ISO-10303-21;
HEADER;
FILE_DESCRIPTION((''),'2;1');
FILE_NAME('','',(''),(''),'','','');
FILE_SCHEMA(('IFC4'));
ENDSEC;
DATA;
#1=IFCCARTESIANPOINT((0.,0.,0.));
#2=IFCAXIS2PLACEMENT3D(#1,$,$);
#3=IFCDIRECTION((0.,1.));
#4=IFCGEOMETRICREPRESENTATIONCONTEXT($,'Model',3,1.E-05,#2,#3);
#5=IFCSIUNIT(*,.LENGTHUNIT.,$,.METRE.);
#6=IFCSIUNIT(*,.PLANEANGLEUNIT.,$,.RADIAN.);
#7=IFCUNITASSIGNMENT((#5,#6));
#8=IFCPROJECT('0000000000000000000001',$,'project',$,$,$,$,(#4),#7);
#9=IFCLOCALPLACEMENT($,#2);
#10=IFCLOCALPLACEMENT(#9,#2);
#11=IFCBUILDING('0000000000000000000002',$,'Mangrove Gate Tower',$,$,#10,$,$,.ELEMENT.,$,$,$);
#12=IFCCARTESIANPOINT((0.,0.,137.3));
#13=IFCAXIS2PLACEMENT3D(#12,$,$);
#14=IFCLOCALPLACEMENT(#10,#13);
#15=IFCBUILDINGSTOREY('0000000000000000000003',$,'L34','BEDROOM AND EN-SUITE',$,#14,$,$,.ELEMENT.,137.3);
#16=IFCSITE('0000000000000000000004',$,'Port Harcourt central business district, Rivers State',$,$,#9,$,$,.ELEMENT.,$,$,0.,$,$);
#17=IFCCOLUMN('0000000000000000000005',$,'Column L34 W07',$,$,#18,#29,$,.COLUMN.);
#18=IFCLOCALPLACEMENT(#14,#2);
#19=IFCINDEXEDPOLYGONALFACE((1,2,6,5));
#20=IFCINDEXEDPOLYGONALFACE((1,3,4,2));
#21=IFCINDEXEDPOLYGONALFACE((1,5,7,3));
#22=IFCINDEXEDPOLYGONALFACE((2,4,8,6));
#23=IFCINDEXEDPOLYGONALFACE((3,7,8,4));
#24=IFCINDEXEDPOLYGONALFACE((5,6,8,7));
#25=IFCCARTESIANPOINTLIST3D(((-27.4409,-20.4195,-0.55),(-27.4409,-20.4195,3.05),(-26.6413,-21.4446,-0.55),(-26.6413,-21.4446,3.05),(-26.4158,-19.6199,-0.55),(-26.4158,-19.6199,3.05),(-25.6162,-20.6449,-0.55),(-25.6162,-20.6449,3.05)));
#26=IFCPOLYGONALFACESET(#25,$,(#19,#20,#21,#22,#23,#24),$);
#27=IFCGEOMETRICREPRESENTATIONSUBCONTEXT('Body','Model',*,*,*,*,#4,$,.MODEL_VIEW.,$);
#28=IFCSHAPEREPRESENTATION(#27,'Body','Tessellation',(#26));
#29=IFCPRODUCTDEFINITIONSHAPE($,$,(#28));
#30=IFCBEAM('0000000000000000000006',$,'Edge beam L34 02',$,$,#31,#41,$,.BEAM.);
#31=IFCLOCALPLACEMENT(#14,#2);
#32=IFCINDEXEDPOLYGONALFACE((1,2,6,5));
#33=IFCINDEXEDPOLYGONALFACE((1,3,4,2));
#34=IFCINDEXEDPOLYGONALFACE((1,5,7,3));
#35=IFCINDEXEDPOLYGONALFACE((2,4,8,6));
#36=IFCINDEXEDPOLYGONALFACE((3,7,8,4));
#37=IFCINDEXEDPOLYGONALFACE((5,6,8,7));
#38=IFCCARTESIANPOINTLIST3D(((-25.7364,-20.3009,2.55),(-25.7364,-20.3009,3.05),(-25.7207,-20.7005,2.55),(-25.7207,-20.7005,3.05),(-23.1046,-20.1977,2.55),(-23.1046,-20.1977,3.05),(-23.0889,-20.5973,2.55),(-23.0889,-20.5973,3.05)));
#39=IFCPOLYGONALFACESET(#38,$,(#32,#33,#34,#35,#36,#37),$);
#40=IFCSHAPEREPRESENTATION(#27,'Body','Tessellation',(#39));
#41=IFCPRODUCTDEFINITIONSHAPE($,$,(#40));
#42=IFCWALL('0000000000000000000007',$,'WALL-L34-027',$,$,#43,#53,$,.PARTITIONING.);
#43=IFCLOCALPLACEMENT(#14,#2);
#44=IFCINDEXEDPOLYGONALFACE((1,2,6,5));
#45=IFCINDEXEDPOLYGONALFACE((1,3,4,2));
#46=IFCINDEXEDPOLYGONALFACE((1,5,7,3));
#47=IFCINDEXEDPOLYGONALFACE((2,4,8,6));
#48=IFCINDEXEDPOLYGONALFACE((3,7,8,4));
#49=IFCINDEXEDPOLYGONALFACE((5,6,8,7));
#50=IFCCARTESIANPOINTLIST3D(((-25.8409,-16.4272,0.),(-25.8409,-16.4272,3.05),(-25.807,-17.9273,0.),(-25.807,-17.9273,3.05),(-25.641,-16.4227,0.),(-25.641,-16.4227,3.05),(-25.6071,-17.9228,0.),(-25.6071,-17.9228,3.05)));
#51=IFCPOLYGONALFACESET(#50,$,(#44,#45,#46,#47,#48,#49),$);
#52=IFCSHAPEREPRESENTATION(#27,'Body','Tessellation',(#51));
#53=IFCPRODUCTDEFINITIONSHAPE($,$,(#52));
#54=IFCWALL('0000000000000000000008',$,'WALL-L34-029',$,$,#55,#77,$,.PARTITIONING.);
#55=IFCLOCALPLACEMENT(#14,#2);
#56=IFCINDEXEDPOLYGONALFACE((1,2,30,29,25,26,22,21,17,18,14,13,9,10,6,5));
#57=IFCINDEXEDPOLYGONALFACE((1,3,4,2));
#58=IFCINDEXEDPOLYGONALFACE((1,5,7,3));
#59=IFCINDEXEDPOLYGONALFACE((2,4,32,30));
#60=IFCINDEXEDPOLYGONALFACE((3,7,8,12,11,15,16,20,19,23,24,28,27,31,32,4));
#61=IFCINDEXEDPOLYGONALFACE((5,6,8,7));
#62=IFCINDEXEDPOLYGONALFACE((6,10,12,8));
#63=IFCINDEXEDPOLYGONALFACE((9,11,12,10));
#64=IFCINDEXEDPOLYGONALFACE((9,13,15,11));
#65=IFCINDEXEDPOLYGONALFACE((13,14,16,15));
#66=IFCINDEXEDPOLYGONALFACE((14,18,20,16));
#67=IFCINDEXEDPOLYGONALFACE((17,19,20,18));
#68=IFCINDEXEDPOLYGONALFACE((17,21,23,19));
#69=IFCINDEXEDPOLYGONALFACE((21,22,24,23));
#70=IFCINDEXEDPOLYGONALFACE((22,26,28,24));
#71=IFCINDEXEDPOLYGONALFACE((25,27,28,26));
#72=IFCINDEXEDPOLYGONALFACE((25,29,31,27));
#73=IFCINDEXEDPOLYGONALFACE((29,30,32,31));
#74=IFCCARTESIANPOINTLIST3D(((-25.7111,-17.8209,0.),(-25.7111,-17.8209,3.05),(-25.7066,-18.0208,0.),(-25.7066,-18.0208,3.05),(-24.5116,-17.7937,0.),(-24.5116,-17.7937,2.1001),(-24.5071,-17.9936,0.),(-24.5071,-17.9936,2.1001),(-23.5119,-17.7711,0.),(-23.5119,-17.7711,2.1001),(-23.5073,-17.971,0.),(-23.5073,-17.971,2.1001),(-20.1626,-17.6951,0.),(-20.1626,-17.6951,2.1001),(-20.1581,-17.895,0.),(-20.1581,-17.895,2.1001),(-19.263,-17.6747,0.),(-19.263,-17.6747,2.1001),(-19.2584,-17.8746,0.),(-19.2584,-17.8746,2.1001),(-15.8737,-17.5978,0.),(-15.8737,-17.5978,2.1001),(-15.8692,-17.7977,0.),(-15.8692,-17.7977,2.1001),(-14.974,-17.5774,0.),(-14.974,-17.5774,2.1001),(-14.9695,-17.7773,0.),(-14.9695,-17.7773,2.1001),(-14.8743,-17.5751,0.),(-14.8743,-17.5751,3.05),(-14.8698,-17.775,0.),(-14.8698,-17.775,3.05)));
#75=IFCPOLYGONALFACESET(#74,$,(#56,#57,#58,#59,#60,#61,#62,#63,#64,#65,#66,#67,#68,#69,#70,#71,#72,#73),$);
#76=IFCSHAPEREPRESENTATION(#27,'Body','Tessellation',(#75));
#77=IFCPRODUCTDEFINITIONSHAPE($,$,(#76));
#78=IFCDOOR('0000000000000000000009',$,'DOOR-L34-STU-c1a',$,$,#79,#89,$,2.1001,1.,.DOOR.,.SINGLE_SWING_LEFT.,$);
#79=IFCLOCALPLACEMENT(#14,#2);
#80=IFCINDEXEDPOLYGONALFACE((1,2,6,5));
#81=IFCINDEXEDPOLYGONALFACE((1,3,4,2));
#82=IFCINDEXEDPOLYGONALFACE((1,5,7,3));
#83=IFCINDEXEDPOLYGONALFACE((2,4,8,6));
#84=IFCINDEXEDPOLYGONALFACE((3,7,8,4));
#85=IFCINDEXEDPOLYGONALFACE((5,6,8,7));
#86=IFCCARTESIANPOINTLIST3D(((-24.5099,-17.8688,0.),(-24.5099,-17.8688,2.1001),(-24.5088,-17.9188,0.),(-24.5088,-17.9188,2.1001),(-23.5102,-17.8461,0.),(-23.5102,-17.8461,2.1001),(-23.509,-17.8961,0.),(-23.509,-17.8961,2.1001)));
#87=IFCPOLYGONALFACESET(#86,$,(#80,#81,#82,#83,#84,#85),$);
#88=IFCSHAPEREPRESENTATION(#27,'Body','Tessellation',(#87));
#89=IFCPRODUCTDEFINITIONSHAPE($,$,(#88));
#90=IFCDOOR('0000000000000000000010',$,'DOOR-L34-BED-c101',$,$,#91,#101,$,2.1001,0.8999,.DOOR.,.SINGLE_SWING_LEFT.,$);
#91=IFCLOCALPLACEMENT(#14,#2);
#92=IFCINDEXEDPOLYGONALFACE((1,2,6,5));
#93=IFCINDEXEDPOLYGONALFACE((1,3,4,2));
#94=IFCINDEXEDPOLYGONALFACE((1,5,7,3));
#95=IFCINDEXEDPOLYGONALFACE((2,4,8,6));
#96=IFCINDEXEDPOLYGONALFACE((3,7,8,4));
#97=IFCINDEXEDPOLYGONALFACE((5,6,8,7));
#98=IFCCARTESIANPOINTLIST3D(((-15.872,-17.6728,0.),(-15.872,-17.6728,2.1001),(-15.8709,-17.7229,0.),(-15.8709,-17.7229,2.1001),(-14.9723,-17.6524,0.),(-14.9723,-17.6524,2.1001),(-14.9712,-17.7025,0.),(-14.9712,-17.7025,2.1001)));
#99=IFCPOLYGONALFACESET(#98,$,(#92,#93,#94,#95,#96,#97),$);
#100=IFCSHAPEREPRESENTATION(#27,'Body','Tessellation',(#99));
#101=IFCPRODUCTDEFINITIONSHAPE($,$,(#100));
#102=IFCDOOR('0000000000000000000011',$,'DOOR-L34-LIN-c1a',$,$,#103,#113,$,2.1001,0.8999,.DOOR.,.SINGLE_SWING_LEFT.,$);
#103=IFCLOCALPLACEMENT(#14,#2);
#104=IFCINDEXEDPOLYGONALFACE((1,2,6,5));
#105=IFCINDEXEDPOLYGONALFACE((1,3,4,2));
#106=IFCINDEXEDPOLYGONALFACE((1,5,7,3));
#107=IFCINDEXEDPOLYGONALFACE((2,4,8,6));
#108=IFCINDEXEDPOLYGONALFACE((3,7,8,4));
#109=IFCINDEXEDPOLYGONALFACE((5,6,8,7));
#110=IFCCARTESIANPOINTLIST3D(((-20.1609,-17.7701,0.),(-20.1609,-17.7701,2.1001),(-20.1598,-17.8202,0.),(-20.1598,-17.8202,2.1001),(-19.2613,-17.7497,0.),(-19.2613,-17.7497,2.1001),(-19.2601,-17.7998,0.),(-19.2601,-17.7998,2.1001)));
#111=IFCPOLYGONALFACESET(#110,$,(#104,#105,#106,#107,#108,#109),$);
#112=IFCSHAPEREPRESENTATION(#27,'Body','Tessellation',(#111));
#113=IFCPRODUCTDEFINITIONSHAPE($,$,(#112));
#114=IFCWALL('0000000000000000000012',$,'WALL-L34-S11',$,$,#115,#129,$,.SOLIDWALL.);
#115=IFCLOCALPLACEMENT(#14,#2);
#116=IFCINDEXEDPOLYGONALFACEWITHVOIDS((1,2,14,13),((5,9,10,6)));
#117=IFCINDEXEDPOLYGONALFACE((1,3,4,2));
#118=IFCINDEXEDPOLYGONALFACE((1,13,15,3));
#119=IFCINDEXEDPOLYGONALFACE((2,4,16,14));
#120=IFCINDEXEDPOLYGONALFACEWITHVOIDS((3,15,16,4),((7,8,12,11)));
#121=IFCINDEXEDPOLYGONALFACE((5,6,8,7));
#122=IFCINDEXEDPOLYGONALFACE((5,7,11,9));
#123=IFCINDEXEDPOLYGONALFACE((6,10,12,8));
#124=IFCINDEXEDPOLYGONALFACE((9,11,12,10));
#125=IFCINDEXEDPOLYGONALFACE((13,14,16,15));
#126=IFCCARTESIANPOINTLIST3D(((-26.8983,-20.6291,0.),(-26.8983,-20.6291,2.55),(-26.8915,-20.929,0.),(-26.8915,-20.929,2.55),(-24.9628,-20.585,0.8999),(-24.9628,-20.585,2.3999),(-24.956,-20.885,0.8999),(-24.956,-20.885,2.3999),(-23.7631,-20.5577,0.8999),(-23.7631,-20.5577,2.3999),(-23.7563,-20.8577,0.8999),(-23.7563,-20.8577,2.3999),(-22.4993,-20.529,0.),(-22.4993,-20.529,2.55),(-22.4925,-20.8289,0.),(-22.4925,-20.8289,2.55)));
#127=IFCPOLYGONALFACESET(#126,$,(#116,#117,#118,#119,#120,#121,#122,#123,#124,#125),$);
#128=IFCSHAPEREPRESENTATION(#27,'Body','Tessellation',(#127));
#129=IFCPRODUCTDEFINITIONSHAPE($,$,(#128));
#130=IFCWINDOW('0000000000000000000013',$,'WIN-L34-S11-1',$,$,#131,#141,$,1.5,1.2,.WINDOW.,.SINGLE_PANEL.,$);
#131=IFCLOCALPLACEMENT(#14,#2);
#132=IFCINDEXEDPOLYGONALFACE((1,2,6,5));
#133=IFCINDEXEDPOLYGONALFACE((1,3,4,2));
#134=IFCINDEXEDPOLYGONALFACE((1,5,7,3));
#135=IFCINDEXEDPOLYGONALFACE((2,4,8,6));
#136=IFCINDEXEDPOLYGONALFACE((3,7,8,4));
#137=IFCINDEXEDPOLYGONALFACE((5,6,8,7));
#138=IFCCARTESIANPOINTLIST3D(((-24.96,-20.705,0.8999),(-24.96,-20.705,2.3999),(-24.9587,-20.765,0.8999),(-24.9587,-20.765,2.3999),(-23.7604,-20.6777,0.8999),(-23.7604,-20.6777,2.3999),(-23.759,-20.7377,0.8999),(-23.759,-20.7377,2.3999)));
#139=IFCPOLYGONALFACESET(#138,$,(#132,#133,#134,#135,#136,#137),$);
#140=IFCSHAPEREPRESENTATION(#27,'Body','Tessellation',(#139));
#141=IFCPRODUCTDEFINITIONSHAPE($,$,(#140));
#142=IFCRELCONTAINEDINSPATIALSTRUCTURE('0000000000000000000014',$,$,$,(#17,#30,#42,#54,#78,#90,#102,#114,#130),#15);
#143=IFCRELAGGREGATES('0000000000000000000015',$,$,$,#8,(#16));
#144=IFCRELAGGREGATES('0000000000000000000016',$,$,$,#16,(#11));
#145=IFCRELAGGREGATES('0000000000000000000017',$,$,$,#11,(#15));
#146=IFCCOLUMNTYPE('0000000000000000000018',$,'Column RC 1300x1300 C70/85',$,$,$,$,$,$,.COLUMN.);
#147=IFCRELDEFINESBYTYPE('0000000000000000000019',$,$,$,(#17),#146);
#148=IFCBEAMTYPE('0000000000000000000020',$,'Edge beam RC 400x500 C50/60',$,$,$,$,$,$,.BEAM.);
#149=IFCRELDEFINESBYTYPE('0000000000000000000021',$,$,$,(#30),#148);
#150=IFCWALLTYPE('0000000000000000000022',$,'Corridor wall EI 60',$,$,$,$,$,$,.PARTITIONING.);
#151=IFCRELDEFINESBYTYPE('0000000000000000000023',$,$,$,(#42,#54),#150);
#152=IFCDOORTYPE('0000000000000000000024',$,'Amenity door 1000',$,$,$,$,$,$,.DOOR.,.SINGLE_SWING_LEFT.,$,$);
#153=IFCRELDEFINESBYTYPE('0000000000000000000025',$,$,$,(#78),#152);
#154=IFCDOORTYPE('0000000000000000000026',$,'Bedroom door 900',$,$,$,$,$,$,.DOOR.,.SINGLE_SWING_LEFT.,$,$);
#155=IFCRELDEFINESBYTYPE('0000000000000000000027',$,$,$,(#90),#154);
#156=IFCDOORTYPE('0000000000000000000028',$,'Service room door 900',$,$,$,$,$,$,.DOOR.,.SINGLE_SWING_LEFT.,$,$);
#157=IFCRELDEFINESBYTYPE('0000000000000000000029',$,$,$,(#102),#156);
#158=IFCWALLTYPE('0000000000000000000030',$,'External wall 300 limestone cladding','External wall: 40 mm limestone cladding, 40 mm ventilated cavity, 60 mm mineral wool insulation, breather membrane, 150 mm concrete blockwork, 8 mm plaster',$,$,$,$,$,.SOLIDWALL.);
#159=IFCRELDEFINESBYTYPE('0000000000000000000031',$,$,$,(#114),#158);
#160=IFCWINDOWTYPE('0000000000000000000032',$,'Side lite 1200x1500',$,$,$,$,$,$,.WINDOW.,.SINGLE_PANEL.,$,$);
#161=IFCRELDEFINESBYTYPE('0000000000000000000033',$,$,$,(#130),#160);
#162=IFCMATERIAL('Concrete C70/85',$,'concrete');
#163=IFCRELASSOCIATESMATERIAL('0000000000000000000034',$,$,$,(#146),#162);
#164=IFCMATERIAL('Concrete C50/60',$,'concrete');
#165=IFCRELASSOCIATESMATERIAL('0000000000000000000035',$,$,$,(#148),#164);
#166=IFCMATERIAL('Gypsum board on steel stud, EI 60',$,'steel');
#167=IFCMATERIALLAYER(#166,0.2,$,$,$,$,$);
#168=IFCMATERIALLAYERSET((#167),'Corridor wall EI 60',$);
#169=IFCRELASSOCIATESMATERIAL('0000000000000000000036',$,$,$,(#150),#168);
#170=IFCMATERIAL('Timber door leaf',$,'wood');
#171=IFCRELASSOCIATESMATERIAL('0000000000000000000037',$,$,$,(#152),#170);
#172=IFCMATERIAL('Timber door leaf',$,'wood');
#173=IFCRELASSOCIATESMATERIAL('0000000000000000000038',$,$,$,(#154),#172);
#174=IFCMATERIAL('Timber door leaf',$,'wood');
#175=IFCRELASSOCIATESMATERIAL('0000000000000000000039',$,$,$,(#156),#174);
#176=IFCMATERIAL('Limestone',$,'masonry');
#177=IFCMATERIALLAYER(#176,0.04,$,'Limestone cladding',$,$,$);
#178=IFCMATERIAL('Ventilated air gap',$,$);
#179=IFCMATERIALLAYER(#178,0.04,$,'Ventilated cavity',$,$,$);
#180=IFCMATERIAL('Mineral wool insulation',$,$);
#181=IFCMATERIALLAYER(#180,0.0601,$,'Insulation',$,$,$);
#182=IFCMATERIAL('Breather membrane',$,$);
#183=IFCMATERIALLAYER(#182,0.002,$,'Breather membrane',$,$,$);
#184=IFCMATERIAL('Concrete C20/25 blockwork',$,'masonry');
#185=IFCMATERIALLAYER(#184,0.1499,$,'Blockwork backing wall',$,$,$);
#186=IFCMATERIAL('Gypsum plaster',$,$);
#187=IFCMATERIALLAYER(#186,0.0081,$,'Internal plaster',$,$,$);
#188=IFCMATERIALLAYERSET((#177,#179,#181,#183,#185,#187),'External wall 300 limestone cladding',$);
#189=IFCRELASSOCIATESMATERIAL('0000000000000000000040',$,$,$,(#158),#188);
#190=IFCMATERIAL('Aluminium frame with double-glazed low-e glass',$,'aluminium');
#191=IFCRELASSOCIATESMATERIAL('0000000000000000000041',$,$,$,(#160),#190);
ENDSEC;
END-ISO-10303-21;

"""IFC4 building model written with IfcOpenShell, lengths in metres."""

from ifc_helpers import new_model, si_unit, direction, frame, frame_2d, origin, origin_2d, place, context, subcontext, project, spatial, rectangle, extrude, material, layer, layer_set, material_profile, profile_set, type_object, element, fill, save


model = new_model("IFC4")

# Units and contexts
model_context = context("Model", 3, precision=1e-05, world=origin(), true_north=direction((0.0, 1.0)))
body_context = subcontext(model_context, "Body", "Model", "MODEL_VIEW")
ifc_project = project(units=[si_unit("LENGTHUNIT", "METRE"), si_unit("PLANEANGLEUNIT", "RADIAN")], contexts=[model_context])

# Site, building, storey
site_placement = place(None, origin())
site = spatial("IfcSite", under=ifc_project, at=site_placement, Name="Port Harcourt central business district, Rivers State", CompositionType="ELEMENT", RefElevation=0.0)
building_placement = place(site_placement, origin())
building = spatial("IfcBuilding", under=site, at=building_placement, Name="Mangrove Gate Tower", CompositionType="ELEMENT")
storey_placement = place(building_placement, frame((0.0, 0.0, 137.3)))
storey = spatial("IfcBuildingStorey", under=building, at=storey_placement, Name="L34", Description="BEDROOM AND EN-SUITE", CompositionType="ELEMENT", Elevation=137.3)

# Column
ifc_material_1 = material(Name="Concrete C70/85", Category="concrete")
ifc_material_profile_1 = material_profile(ifc_material_1, rectangle(XDim=1.3, YDim=1.3, at=origin_2d()))
ifc_profile_set_1 = profile_set([ifc_material_profile_1], Name="Concrete C70/85")
column_type = type_object("IfcColumnType", Name="Column RC 1300x1300 C70/85", PredefinedType="COLUMN", material=ifc_profile_set_1)
column_placement = place(storey_placement, frame((-26.5286, -20.5322, -0.55), z_axis=(0.0, 0.0, 1.0), x_axis=(0.615067, -0.788475, 0.0)))
element("IfcColumn", 1, at=column_placement, inside=storey, type_object=column_type, Name="Column L34 W07", PredefinedType="COLUMN", context=body_context, shape_type="SweptSolid", body=[
    extrude(rectangle(XDim=1.3, YDim=1.3, at=origin_2d()), origin(), (0.0, 0.0, 1.0), 3.6001),
])

# Beam
ifc_material_2 = material(Name="Concrete C50/60", Category="concrete")
ifc_material_profile_2 = material_profile(ifc_material_2, rectangle(XDim=0.3999, YDim=0.5, at=origin_2d()))
ifc_profile_set_2 = profile_set([ifc_material_profile_2], Name="Concrete C50/60")
beam_type = type_object("IfcBeamType", Name="Edge beam RC 400x500 C50/60", PredefinedType="BEAM", material=ifc_profile_set_2)
beam_placement = place(storey_placement, frame((-25.7285, -20.5007, 2.8), z_axis=(0.999231, 0.039209, 0.0), x_axis=(-0.039209, 0.999231, 0.0)))
element("IfcBeam", 2, at=beam_placement, inside=storey, type_object=beam_type, Name="Edge beam L34 02", PredefinedType="BEAM", context=body_context, shape_type="SweptSolid", body=[
    extrude(rectangle(XDim=0.3999, YDim=0.5, at=origin_2d()), origin(), (0.0, 0.0, 1.0), 2.6338),
])

# Wall
ifc_material_3 = material(Name="Gypsum board on steel stud, EI 60", Category="steel")
ifc_layer_1 = layer(ifc_material_3, 0.2)
ifc_layer_set_1 = layer_set([ifc_layer_1], Name="Corridor wall EI 60")
wall_type_1 = type_object("IfcWallType", Name="Corridor wall EI 60", PredefinedType="PARTITIONING", material=ifc_layer_set_1)
wall_1_placement = place(storey_placement, frame((-25.707, -17.925, 0.0), z_axis=(0.0, 0.0, 1.0), x_axis=(-0.022618, 0.999744, 0.0)))
element("IfcWall", 3, at=wall_1_placement, inside=storey, type_object=wall_type_1, Name="WALL-L34-027", PredefinedType="PARTITIONING", context=body_context, shape_type="SweptSolid", body=[
    extrude(rectangle(XDim=1.5005, YDim=0.2, at=frame_2d((0.7502, 0.0))), origin(), (0.0, 0.0, 1.0), 3.05),
])

# Wall, openings, doors
wall_2_placement = place(storey_placement, frame((-25.709, -17.9209, 0.0), z_axis=(0.0, 0.0, 1.0), x_axis=(0.999743, 0.02268, 0.0)))
wall_2 = element("IfcWall", 4, at=wall_2_placement, inside=storey, type_object=wall_type_1, Name="WALL-L34-029", PredefinedType="PARTITIONING", context=body_context, shape_type="SweptSolid", body=[
    extrude(rectangle(XDim=10.8396, YDim=0.2, at=frame_2d((5.4199, 0.0))), origin(), (0.0, 0.0, 1.0), 3.05),
])
opening_1_placement = place(wall_2_placement, frame((1.2, 0.0, 0.0)))
opening_1 = element("IfcOpeningElement", 5, at=opening_1_placement, cuts=wall_2, PredefinedType="OPENING", context=body_context, shape_type="SweptSolid", body=[
    extrude(rectangle(XDim=1.0, YDim=2.1001, at=frame_2d((0.5, 1.05))), frame((0.0, 0.1099, 0.0), z_axis=(0.0, -1.0, 0.0), x_axis=(1.0, 0.0, 0.0)), (0.0, 0.0, 1.0), 0.22),
])
opening_2_placement = place(wall_2_placement, frame((5.55, 0.0, 0.0)))
opening_2 = element("IfcOpeningElement", 6, at=opening_2_placement, cuts=wall_2, PredefinedType="OPENING", context=body_context, shape_type="SweptSolid", body=[
    extrude(rectangle(XDim=0.8999, YDim=2.1001, at=frame_2d((0.45, 1.05))), frame((0.0, 0.1099, 0.0), z_axis=(0.0, -1.0, 0.0), x_axis=(1.0, 0.0, 0.0)), (0.0, 0.0, 1.0), 0.22),
])
opening_3_placement = place(wall_2_placement, frame((9.8401, 0.0, 0.0)))
opening_3 = element("IfcOpeningElement", 7, at=opening_3_placement, cuts=wall_2, PredefinedType="OPENING", context=body_context, shape_type="SweptSolid", body=[
    extrude(rectangle(XDim=0.8999, YDim=2.1001, at=frame_2d((0.45, 1.05))), frame((0.0, 0.1099, 0.0), z_axis=(0.0, -1.0, 0.0), x_axis=(1.0, 0.0, 0.0)), (0.0, 0.0, 1.0), 0.22),
])
ifc_material_4 = material(Name="Timber door leaf", Category="wood")
door_type_1 = type_object("IfcDoorType", Name="Amenity door 1000", OperationType="SINGLE_SWING_LEFT", PredefinedType="DOOR", material=ifc_material_4)
door_1_placement = place(opening_1_placement, origin())
door_1 = element("IfcDoor", 8, at=door_1_placement, inside=storey, type_object=door_type_1, Name="DOOR-L34-STU-c1a", OperationType="SINGLE_SWING_LEFT", OverallHeight=2.1001, OverallWidth=1.0, PredefinedType="DOOR", context=body_context, shape_type="SweptSolid", body=[
    extrude(rectangle(XDim=1.0, YDim=2.1001, at=frame_2d((0.5, 1.05))), frame((0.0, 0.0249, 0.0), z_axis=(0.0, -1.0, 0.0), x_axis=(1.0, 0.0, 0.0)), (0.0, 0.0, 1.0), 0.05),
])
fill(opening_1, door_1)
ifc_material_5 = material(Name="Timber door leaf", Category="wood")
door_type_2 = type_object("IfcDoorType", Name="Bedroom door 900", OperationType="SINGLE_SWING_LEFT", PredefinedType="DOOR", material=ifc_material_5)
door_2_placement = place(opening_3_placement, origin())
door_2 = element("IfcDoor", 9, at=door_2_placement, inside=storey, type_object=door_type_2, Name="DOOR-L34-BED-c101", OperationType="SINGLE_SWING_LEFT", OverallHeight=2.1001, OverallWidth=0.8999, PredefinedType="DOOR", context=body_context, shape_type="SweptSolid", body=[
    extrude(rectangle(XDim=0.8999, YDim=2.1001, at=frame_2d((0.45, 1.05))), frame((0.0, 0.0249, 0.0), z_axis=(0.0, -1.0, 0.0), x_axis=(1.0, 0.0, 0.0)), (0.0, 0.0, 1.0), 0.05),
])
fill(opening_3, door_2)
ifc_material_6 = material(Name="Timber door leaf", Category="wood")
door_type_3 = type_object("IfcDoorType", Name="Service room door 900", OperationType="SINGLE_SWING_LEFT", PredefinedType="DOOR", material=ifc_material_6)
door_3_placement = place(opening_2_placement, origin())
door_3 = element("IfcDoor", 10, at=door_3_placement, inside=storey, type_object=door_type_3, Name="DOOR-L34-LIN-c1a", OperationType="SINGLE_SWING_LEFT", OverallHeight=2.1001, OverallWidth=0.8999, PredefinedType="DOOR", context=body_context, shape_type="SweptSolid", body=[
    extrude(rectangle(XDim=0.8999, YDim=2.1001, at=frame_2d((0.45, 1.05))), frame((0.0, 0.0249, 0.0), z_axis=(0.0, -1.0, 0.0), x_axis=(1.0, 0.0, 0.0)), (0.0, 0.0, 1.0), 0.05),
])
fill(opening_2, door_3)

# Wall, opening, window
ifc_material_7 = material(Name="Limestone", Category="masonry")
ifc_layer_2 = layer(ifc_material_7, 0.04, Name="Limestone cladding")
ifc_material_8 = material(Name="Ventilated air gap")
ifc_layer_3 = layer(ifc_material_8, 0.04, Name="Ventilated cavity")
ifc_material_9 = material(Name="Mineral wool insulation")
ifc_layer_4 = layer(ifc_material_9, 0.0601, Name="Insulation")
ifc_material_10 = material(Name="Breather membrane")
ifc_layer_5 = layer(ifc_material_10, 0.002, Name="Breather membrane")
ifc_material_11 = material(Name="Concrete C20/25 blockwork", Category="masonry")
ifc_layer_6 = layer(ifc_material_11, 0.1499, Name="Blockwork backing wall")
ifc_material_12 = material(Name="Gypsum plaster")
ifc_layer_7 = layer(ifc_material_12, 0.0081, Name="Internal plaster")
ifc_layer_set_2 = layer_set([ifc_layer_2, ifc_layer_3, ifc_layer_4, ifc_layer_5, ifc_layer_6, ifc_layer_7], Name="External wall 300 limestone cladding")
wall_type_2 = type_object("IfcWallType", Name="External wall 300 limestone cladding", Description="External wall: 40 mm limestone cladding, 40 mm ventilated cavity, 60 mm mineral wool insulation, breather membrane, 150 mm concrete blockwork, 8 mm plaster", PredefinedType="SOLIDWALL", material=ifc_layer_set_2)
wall_3_placement = place(storey_placement, frame((-26.895, -20.7791, 0.0), z_axis=(0.0, 0.0, 1.0), x_axis=(0.999741, 0.022749, 0.0)))
wall_3 = element("IfcWall", 11, at=wall_3_placement, inside=storey, type_object=wall_type_2, Name="WALL-L34-S11", PredefinedType="SOLIDWALL", context=body_context, shape_type="SweptSolid", body=[
    extrude(rectangle(XDim=4.4001, YDim=0.3, at=frame_2d((2.2002, 0.0))), origin(), (0.0, 0.0, 1.0), 2.55),
])
opening_4_placement = place(wall_3_placement, frame((1.936, 0.0, 0.8999)))
opening_4 = element("IfcOpeningElement", 12, at=opening_4_placement, cuts=wall_3, PredefinedType="OPENING", context=body_context, shape_type="SweptSolid", body=[
    extrude(rectangle(XDim=1.2, YDim=1.5, at=frame_2d((0.6001, 0.75))), frame((0.0, 0.1599, 0.0), z_axis=(0.0, -1.0, 0.0), x_axis=(1.0, 0.0, 0.0)), (0.0, 0.0, 1.0), 0.3201),
])
ifc_material_13 = material(Name="Aluminium frame with double-glazed low-e glass", Category="aluminium")
window_type = type_object("IfcWindowType", Name="Side lite 1200x1500", PartitioningType="SINGLE_PANEL", PredefinedType="WINDOW", material=ifc_material_13)
window_1_placement = place(opening_4_placement, origin())
window_1 = element("IfcWindow", 13, at=window_1_placement, inside=storey, type_object=window_type, Name="WIN-L34-S11-1", OverallHeight=1.5, OverallWidth=1.2, PartitioningType="SINGLE_PANEL", PredefinedType="WINDOW", context=body_context, shape_type="SweptSolid", body=[
    extrude(rectangle(XDim=1.2, YDim=1.5, at=frame_2d((0.6001, 0.75))), frame((0.0, 0.03, 0.0), z_axis=(0.0, -1.0, 0.0), x_axis=(1.0, 0.0, 0.0)), (0.0, 0.0, 1.0), 0.0601),
])
fill(opening_4, window_1)

save(model, "model.ifc")
